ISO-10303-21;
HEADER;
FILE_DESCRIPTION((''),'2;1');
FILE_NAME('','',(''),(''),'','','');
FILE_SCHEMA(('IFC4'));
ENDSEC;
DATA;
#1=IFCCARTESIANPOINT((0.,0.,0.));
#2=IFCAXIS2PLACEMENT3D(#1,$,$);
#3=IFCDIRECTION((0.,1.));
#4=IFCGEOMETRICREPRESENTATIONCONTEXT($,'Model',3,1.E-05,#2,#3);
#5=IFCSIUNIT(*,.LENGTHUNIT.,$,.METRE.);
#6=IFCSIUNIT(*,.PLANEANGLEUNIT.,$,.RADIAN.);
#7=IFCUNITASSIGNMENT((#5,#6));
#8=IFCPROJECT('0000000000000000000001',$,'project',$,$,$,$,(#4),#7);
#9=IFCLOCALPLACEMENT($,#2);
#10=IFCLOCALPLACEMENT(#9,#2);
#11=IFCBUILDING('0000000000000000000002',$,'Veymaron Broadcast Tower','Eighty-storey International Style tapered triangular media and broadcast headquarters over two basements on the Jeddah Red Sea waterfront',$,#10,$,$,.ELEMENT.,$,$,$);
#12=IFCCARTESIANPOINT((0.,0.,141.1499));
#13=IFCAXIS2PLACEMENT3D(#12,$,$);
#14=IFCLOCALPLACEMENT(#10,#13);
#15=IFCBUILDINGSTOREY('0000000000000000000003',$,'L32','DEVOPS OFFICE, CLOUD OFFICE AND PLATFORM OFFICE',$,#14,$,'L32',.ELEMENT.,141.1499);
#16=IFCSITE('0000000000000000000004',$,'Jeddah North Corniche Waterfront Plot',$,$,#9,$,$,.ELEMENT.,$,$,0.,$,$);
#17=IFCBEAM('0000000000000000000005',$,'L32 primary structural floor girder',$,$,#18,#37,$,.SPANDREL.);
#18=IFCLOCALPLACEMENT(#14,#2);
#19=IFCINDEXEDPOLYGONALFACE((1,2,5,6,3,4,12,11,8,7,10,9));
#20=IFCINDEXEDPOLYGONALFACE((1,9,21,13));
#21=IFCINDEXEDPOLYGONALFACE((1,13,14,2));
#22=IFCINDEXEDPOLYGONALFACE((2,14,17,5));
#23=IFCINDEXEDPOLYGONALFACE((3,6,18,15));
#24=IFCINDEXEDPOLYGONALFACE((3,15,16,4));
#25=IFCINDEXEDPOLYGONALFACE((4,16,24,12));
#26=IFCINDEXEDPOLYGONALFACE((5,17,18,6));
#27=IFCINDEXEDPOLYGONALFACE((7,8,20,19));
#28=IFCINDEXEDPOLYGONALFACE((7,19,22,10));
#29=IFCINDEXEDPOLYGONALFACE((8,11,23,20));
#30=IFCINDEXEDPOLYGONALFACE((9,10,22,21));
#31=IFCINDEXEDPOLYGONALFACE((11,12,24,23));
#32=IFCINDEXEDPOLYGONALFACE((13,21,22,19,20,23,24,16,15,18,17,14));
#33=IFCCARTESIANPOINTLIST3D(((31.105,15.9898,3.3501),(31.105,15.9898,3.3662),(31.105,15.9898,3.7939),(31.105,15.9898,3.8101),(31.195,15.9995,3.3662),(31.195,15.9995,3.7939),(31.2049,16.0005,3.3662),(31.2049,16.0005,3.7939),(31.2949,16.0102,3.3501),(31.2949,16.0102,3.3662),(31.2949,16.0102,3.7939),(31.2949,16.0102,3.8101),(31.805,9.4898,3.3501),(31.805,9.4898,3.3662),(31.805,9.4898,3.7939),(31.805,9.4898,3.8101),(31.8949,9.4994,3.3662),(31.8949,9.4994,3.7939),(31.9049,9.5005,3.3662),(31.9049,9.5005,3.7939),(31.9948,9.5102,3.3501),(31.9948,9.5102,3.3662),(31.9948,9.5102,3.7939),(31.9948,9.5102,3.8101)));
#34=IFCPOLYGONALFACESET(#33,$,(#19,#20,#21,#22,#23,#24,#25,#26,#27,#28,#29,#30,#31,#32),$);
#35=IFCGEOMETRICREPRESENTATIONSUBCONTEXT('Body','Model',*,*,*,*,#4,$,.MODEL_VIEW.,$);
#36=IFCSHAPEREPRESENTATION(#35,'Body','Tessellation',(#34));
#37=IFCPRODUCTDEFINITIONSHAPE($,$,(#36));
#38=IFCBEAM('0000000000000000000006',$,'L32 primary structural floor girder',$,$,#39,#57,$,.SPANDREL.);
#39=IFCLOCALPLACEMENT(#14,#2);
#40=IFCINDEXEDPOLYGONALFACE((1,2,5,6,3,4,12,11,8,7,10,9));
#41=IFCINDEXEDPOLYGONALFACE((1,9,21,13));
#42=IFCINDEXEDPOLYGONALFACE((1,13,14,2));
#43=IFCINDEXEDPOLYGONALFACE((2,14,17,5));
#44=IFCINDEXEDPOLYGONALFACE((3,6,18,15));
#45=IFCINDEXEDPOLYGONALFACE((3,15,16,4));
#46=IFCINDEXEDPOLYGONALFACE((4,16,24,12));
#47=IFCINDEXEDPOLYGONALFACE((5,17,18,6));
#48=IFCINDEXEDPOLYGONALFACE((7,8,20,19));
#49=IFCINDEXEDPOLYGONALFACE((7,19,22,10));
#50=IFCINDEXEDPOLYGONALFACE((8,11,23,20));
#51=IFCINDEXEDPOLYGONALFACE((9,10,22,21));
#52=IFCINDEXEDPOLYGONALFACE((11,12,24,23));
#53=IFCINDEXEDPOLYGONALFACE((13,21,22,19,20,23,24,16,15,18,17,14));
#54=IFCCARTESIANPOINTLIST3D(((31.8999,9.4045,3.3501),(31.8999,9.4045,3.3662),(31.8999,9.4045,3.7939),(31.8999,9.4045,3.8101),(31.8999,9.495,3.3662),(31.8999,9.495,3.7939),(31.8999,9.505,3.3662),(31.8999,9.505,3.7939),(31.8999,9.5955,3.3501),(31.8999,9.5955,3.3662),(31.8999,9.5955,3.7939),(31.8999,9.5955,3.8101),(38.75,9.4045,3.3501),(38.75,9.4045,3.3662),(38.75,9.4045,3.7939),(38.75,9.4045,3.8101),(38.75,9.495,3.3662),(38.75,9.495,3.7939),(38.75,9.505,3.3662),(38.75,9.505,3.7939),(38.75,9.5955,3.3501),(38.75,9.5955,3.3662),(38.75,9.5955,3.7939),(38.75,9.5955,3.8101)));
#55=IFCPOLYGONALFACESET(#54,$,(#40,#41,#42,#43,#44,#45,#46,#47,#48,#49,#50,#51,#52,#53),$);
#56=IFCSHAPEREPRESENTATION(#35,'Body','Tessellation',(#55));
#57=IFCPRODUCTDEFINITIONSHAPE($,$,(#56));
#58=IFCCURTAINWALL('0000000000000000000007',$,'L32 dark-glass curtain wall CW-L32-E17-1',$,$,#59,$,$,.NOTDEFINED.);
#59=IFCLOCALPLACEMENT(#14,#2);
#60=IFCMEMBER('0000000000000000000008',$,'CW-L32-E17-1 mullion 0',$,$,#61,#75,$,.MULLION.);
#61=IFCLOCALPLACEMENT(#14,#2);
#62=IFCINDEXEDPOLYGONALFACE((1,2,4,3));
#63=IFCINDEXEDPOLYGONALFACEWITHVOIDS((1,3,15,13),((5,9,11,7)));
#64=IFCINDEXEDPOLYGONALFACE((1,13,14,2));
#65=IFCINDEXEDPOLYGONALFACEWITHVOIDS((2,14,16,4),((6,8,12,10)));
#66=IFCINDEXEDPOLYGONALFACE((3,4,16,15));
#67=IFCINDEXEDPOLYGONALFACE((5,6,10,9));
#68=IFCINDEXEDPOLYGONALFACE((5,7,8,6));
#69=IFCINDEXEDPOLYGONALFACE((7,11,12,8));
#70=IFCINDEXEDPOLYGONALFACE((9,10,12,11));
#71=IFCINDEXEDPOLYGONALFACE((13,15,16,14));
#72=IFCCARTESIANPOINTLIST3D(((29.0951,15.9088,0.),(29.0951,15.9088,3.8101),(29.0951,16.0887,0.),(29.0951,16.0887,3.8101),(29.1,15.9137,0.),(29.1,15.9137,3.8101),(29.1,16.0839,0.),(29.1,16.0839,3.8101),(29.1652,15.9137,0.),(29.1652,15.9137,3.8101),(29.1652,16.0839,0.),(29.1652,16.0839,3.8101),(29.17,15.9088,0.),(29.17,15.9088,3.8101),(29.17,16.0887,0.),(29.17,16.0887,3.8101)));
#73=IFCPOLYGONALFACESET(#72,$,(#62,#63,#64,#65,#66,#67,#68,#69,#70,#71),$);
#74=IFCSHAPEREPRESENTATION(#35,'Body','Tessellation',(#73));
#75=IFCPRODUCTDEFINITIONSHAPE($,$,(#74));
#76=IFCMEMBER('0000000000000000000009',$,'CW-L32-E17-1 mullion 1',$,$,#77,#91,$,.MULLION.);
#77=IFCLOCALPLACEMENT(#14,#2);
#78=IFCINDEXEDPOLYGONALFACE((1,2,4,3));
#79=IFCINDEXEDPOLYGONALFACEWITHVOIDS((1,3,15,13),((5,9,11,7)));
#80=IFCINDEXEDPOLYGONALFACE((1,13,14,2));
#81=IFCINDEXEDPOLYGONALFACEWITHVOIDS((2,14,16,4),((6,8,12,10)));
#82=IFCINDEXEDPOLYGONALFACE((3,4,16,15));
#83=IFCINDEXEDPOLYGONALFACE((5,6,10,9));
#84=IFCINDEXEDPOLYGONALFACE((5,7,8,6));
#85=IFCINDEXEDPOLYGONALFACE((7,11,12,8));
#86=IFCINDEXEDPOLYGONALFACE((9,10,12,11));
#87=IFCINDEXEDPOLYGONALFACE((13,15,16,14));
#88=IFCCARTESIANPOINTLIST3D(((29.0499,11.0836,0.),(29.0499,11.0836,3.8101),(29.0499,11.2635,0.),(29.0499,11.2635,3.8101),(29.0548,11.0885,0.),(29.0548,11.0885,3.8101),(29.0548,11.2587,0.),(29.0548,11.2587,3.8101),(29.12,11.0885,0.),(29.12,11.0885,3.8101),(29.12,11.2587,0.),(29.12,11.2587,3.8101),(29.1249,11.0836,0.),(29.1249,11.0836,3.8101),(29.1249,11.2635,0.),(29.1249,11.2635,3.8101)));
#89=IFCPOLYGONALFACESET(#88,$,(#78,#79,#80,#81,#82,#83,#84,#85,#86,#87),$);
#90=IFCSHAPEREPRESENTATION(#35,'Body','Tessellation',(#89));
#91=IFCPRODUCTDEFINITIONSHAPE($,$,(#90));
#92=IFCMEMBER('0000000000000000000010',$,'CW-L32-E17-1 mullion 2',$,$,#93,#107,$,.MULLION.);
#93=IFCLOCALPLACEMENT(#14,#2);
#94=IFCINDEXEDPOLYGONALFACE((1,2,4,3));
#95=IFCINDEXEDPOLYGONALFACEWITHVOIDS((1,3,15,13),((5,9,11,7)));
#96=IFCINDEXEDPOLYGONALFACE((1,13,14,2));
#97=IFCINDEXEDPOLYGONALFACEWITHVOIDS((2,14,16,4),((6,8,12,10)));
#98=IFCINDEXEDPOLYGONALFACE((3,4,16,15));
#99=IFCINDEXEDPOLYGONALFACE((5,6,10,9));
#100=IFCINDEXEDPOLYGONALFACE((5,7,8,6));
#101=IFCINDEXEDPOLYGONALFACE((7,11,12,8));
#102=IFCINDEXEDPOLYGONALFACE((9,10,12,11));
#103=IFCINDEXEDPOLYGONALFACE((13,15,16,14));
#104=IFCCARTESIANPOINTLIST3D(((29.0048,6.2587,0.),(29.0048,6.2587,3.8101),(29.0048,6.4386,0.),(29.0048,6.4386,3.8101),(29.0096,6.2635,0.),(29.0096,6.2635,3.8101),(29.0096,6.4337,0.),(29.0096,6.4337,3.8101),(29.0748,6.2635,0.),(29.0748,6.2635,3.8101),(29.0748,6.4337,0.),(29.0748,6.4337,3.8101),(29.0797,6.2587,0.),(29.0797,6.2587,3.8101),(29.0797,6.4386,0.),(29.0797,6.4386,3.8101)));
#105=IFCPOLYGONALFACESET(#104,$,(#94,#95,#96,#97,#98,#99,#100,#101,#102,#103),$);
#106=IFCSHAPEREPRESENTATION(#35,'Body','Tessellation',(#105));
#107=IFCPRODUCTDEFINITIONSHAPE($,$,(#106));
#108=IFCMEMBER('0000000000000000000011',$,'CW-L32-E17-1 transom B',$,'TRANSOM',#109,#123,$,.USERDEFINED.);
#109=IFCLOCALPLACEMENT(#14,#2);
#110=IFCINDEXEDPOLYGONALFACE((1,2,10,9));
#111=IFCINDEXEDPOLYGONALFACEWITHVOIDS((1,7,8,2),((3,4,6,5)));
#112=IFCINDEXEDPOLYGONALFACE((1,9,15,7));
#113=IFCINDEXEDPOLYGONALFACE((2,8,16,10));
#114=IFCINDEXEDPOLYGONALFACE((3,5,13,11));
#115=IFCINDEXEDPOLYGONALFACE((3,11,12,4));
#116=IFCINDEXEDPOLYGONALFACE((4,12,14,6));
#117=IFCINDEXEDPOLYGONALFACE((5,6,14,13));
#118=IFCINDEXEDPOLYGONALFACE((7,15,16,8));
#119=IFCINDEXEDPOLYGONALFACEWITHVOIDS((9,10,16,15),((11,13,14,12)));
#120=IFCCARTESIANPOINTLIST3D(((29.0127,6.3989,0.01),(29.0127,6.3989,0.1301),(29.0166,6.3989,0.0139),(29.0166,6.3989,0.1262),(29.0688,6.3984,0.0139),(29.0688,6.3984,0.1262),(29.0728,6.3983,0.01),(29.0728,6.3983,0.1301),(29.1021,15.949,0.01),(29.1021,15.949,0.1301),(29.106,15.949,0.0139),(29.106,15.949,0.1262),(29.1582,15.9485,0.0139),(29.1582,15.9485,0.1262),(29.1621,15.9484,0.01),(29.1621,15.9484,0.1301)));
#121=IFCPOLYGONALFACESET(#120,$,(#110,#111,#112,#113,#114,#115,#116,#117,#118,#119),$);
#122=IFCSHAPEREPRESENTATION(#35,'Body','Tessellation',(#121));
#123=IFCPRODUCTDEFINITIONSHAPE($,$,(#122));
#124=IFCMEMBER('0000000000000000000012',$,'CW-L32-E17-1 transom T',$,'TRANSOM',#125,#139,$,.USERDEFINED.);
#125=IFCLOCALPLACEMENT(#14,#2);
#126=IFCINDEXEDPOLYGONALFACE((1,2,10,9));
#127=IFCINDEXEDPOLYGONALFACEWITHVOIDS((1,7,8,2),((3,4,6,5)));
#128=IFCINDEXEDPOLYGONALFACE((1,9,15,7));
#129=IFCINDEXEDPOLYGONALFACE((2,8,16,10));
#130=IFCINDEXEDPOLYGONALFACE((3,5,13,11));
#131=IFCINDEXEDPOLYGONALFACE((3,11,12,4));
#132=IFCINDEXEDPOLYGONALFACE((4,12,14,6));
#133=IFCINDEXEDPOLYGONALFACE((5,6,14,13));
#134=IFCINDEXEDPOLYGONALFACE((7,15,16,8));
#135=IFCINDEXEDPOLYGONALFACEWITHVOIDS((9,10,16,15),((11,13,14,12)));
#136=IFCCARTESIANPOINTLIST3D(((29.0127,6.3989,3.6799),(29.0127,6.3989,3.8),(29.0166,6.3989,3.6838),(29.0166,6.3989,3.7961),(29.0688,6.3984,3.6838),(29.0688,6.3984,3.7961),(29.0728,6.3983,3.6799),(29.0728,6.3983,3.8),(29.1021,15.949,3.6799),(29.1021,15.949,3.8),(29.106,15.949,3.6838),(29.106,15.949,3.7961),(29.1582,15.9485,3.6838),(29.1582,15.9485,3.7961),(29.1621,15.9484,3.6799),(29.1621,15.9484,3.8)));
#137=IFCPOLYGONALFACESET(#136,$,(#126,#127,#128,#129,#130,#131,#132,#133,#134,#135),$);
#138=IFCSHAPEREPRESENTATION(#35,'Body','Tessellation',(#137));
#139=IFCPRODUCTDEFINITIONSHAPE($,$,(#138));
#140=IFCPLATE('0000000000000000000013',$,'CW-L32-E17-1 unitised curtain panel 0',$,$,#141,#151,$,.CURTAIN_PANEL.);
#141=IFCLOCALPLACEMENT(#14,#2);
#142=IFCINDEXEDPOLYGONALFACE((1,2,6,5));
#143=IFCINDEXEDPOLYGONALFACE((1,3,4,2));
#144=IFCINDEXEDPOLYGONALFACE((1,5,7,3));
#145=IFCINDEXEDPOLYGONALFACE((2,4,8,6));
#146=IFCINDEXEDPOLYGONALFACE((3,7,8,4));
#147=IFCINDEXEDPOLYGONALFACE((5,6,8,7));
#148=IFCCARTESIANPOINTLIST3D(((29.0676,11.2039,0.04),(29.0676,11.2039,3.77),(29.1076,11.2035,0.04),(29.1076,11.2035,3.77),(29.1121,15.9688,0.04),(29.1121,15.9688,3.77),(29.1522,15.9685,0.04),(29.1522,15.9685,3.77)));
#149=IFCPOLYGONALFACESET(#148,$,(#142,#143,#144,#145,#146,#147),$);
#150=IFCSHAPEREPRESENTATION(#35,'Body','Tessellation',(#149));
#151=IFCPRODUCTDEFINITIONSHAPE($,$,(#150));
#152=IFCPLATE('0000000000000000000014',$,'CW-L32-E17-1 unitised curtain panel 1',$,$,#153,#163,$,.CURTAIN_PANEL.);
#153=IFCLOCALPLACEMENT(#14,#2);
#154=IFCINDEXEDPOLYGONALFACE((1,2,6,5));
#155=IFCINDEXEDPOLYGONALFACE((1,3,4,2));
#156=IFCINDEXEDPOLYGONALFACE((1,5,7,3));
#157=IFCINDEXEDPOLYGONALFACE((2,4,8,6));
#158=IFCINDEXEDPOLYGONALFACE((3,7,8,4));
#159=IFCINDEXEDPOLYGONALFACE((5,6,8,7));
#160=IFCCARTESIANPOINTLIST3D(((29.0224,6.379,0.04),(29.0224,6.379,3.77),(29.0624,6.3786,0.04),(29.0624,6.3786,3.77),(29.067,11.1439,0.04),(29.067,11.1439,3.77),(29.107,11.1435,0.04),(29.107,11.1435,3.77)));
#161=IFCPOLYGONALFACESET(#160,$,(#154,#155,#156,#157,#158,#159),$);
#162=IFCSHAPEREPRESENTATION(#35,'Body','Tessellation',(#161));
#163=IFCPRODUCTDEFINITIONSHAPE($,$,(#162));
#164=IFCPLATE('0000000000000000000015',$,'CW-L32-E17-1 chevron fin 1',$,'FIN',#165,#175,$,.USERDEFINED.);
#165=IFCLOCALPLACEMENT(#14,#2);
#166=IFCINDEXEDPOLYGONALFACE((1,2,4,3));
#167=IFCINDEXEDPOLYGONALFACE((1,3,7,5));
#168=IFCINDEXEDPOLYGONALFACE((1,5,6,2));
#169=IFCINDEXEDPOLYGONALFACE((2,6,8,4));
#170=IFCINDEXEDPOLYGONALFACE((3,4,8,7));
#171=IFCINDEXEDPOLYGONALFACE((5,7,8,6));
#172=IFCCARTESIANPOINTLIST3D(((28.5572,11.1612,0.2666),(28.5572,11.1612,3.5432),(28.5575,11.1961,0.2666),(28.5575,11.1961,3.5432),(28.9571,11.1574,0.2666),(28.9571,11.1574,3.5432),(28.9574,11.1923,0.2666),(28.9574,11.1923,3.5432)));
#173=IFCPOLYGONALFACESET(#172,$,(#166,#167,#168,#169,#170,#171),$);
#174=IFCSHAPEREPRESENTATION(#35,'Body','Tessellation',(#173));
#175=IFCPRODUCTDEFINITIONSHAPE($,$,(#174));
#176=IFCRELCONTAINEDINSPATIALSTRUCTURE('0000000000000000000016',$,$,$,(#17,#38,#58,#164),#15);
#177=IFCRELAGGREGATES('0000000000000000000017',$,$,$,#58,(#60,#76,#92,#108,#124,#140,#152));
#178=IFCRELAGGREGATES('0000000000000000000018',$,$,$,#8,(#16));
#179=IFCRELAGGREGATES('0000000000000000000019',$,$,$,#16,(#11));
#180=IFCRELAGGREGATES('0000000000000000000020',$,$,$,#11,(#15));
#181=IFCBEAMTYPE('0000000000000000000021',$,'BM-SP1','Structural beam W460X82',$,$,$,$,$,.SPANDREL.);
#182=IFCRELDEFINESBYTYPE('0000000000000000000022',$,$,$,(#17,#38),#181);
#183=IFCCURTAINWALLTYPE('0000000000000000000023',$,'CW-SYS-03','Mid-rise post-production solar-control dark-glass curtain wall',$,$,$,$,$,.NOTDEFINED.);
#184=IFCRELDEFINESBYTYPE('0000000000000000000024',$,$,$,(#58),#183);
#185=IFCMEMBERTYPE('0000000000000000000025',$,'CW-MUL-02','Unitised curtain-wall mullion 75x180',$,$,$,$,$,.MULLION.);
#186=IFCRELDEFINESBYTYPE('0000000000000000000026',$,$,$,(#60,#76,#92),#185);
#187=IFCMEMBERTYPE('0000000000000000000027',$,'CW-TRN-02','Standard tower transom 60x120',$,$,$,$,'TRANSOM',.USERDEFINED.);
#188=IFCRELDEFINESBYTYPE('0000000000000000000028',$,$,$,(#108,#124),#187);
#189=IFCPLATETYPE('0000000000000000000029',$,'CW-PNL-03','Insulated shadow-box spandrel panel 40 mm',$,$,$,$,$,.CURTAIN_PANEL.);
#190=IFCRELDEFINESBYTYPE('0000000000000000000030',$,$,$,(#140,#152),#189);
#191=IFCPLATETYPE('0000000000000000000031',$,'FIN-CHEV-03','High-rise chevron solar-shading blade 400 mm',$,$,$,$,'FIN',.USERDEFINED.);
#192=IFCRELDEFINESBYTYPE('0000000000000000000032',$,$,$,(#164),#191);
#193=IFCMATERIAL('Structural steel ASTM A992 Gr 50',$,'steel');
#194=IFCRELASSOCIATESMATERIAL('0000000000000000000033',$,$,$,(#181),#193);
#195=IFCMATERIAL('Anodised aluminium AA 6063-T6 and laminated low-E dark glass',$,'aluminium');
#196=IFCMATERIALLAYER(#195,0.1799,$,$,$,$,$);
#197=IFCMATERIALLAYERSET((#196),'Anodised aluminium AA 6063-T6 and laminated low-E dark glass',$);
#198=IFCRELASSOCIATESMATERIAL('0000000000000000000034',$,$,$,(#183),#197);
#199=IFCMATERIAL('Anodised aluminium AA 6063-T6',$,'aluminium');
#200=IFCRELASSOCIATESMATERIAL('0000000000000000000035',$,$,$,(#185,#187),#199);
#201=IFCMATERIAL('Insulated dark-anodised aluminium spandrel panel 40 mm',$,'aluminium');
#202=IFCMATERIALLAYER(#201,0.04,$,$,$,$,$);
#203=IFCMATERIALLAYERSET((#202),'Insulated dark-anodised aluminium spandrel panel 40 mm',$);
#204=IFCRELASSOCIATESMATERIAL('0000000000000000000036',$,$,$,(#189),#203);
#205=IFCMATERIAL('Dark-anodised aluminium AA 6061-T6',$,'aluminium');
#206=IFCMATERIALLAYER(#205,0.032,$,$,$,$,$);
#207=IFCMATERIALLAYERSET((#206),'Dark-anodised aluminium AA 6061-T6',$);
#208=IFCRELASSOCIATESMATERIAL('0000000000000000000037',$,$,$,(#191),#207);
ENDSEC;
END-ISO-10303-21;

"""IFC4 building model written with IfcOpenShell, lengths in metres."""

from ifc_helpers import new_model, si_unit, direction, frame, origin, origin_2d, place, context, subcontext, project, spatial, rectangle, hollow_rectangle, i_section, extrude, material, layer, layer_set, material_profile, profile_set, type_object, element, aggregate, save


model = new_model("IFC4")

# Units and contexts
model_context = context("Model", 3, precision=1e-05, world=origin(), true_north=direction((0.0, 1.0)))
body_context = subcontext(model_context, "Body", "Model", "MODEL_VIEW")
ifc_project = project(units=[si_unit("LENGTHUNIT", "METRE"), si_unit("PLANEANGLEUNIT", "RADIAN")], contexts=[model_context])

# Site, building, storey
site_placement = place(None, origin())
site = spatial("IfcSite", under=ifc_project, at=site_placement, Name="Jeddah North Corniche Waterfront Plot", CompositionType="ELEMENT", RefElevation=0.0)
building_placement = place(site_placement, origin())
building = spatial("IfcBuilding", under=site, at=building_placement, Name="Veymaron Broadcast Tower", Description="Eighty-storey International Style tapered triangular media and broadcast headquarters over two basements on the Jeddah Red Sea waterfront", CompositionType="ELEMENT")
storey_placement = place(building_placement, frame((0.0, 0.0, 141.1499)))
storey = spatial("IfcBuildingStorey", under=building, at=storey_placement, Name="L32", Description="DEVOPS OFFICE, CLOUD OFFICE AND PLATFORM OFFICE", LongName="L32", CompositionType="ELEMENT", Elevation=141.1499)

# Shared definitions
ifc_material_1 = material(Name="Structural steel ASTM A992 Gr 50", Category="steel")

# Beams
ifc_material_profile_1 = material_profile(ifc_material_1, i_section(OverallWidth=0.1909, OverallDepth=0.46, WebThickness=0.01, FlangeThickness=0.0161, at=origin_2d()), Name="W460X82")
ifc_profile_set_1 = profile_set([ifc_material_profile_1], Name="Structural steel ASTM A992 Gr 50")
beam_type_1 = type_object("IfcBeamType", Name="BM-SP1", Description="Structural beam W460X82", PredefinedType="SPANDREL", material=ifc_profile_set_1)
beam_1_placement = place(storey_placement, frame((31.2, 16.0, 3.5801), z_axis=(0.107066, -0.994252, 0.0), x_axis=(0.994252, 0.107066, 0.0)))
element("IfcBeam", 1, at=beam_1_placement, inside=storey, type_object=beam_type_1, Name="L32 primary structural floor girder", PredefinedType="SPANDREL", context=body_context, shape_type="SweptSolid", body=[
    extrude(i_section(OverallWidth=0.1909, OverallDepth=0.46, WebThickness=0.01, FlangeThickness=0.0161, at=origin_2d()), origin(), (0.0, 0.0, 1.0), 6.5376),
])
beam_2_placement = place(storey_placement, frame((31.8999, 9.5, 3.5801), z_axis=(1.0, 0.0, 0.0), x_axis=(0.0, 1.0, 0.0)))
element("IfcBeam", 2, at=beam_2_placement, inside=storey, type_object=beam_type_1, Name="L32 primary structural floor girder", PredefinedType="SPANDREL", context=body_context, shape_type="SweptSolid", body=[
    extrude(i_section(OverallWidth=0.1909, OverallDepth=0.46, WebThickness=0.01, FlangeThickness=0.0161, at=origin_2d()), origin(), (0.0, 0.0, 1.0), 6.8501),
])

# Curtain wall, members, plates
ifc_material_2 = material(Name="Anodised aluminium AA 6063-T6 and laminated low-E dark glass", Category="aluminium")
ifc_layer_1 = layer(ifc_material_2, 0.1799)
ifc_layer_set_1 = layer_set([ifc_layer_1], Name="Anodised aluminium AA 6063-T6 and laminated low-E dark glass")
curtain_wall_type = type_object("IfcCurtainWallType", Name="CW-SYS-03", Description="Mid-rise post-production solar-control dark-glass curtain wall", PredefinedType="NOTDEFINED", material=ifc_layer_set_1)
curtain_wall_placement = place(storey_placement, origin())
curtain_wall = element("IfcCurtainWall", 3, at=curtain_wall_placement, inside=storey, type_object=curtain_wall_type, Name="L32 dark-glass curtain wall CW-L32-E17-1", PredefinedType="NOTDEFINED")
ifc_material_3 = material(Name="Anodised aluminium AA 6063-T6", Category="aluminium")
ifc_material_profile_2 = material_profile(ifc_material_3, hollow_rectangle(XDim=0.075, YDim=0.1799, WallThickness=0.0049, at=origin_2d()), Name="AL180X75X5")
ifc_profile_set_2 = profile_set([ifc_material_profile_2], Name="Anodised aluminium AA 6063-T6")
member_type_1 = type_object("IfcMemberType", Name="CW-MUL-02", Description="Unitised curtain-wall mullion 75x180", PredefinedType="MULLION", material=ifc_profile_set_2)
member_1_placement = place(storey_placement, frame((29.1326, 15.9988, 0.0), z_axis=(0.0, 0.0, 1.0), x_axis=(1.0, 0.0, 0.0)))
member_1 = element("IfcMember", 4, at=member_1_placement, type_object=member_type_1, Name="CW-L32-E17-1 mullion 0", PredefinedType="MULLION", context=body_context, shape_type="SweptSolid", body=[
    extrude(hollow_rectangle(XDim=0.075, YDim=0.1799, WallThickness=0.0049, at=origin_2d()), origin(), (0.0, 0.0, 1.0), 3.8101),
])
member_2_placement = place(storey_placement, frame((29.0874, 11.1736, 0.0), z_axis=(0.0, 0.0, 1.0), x_axis=(1.0, 0.0, 0.0)))
member_2 = element("IfcMember", 5, at=member_2_placement, type_object=member_type_1, Name="CW-L32-E17-1 mullion 1", PredefinedType="MULLION", context=body_context, shape_type="SweptSolid", body=[
    extrude(hollow_rectangle(XDim=0.075, YDim=0.1799, WallThickness=0.0049, at=origin_2d()), origin(), (0.0, 0.0, 1.0), 3.8101),
])
member_3_placement = place(storey_placement, frame((29.0422, 6.3486, 0.0), z_axis=(0.0, 0.0, 1.0), x_axis=(1.0, 0.0, 0.0)))
member_3 = element("IfcMember", 6, at=member_3_placement, type_object=member_type_1, Name="CW-L32-E17-1 mullion 2", PredefinedType="MULLION", context=body_context, shape_type="SweptSolid", body=[
    extrude(hollow_rectangle(XDim=0.075, YDim=0.1799, WallThickness=0.0049, at=origin_2d()), origin(), (0.0, 0.0, 1.0), 3.8101),
])
ifc_material_profile_3 = material_profile(ifc_material_3, hollow_rectangle(XDim=0.0601, YDim=0.1201, WallThickness=0.0039, at=origin_2d()), Name="AL120X60X4")
ifc_profile_set_3 = profile_set([ifc_material_profile_3], Name="Anodised aluminium AA 6063-T6")
member_type_2 = type_object("IfcMemberType", Name="CW-TRN-02", Description="Standard tower transom 60x120", ElementType="TRANSOM", PredefinedType="USERDEFINED", material=ifc_profile_set_3)
member_4_placement = place(storey_placement, frame((29.1321, 15.9487, 0.0701), z_axis=(-0.009356, -0.999956, 0.0), x_axis=(0.999956, -0.009356, 0.0)))
member_4 = element("IfcMember", 7, at=member_4_placement, type_object=member_type_2, Name="CW-L32-E17-1 transom B", ObjectType="TRANSOM", PredefinedType="USERDEFINED", context=body_context, shape_type="SweptSolid", body=[
    extrude(hollow_rectangle(XDim=0.0601, YDim=0.1201, WallThickness=0.0039, at=origin_2d()), origin(), (0.0, 0.0, 1.0), 9.5505),
])
member_5_placement = place(storey_placement, frame((29.1321, 15.9487, 3.74), z_axis=(-0.009356, -0.999956, 0.0), x_axis=(0.999956, -0.009356, 0.0)))
member_5 = element("IfcMember", 8, at=member_5_placement, type_object=member_type_2, Name="CW-L32-E17-1 transom T", ObjectType="TRANSOM", PredefinedType="USERDEFINED", context=body_context, shape_type="SweptSolid", body=[
    extrude(hollow_rectangle(XDim=0.0601, YDim=0.1201, WallThickness=0.0039, at=origin_2d()), origin(), (0.0, 0.0, 1.0), 9.5505),
])
ifc_material_4 = material(Name="Insulated dark-anodised aluminium spandrel panel 40 mm", Category="aluminium")
ifc_layer_2 = layer(ifc_material_4, 0.04)
ifc_layer_set_2 = layer_set([ifc_layer_2], Name="Insulated dark-anodised aluminium spandrel panel 40 mm")
plate_type_1 = type_object("IfcPlateType", Name="CW-PNL-03", Description="Insulated shadow-box spandrel panel 40 mm", PredefinedType="CURTAIN_PANEL", material=ifc_layer_set_2)
plate_1_placement = place(storey_placement, frame((29.1099, 13.5862, 0.04), z_axis=(0.0, 0.0, 1.0), x_axis=(-0.009355, -0.999956, 0.0)))
plate_1 = element("IfcPlate", 9, at=plate_1_placement, type_object=plate_type_1, Name="CW-L32-E17-1 unitised curtain panel 0", PredefinedType="CURTAIN_PANEL", context=body_context, shape_type="SweptSolid", body=[
    extrude(rectangle(XDim=4.7651, YDim=0.04, at=origin_2d()), origin(), (0.0, 0.0, 1.0), 3.73),
])
plate_2_placement = place(storey_placement, frame((29.0647, 8.7612, 0.04), z_axis=(0.0, 0.0, 1.0), x_axis=(-0.009355, -0.999956, 0.0)))
plate_2 = element("IfcPlate", 10, at=plate_2_placement, type_object=plate_type_1, Name="CW-L32-E17-1 unitised curtain panel 1", PredefinedType="CURTAIN_PANEL", context=body_context, shape_type="SweptSolid", body=[
    extrude(rectangle(XDim=4.7651, YDim=0.04, at=origin_2d()), origin(), (0.0, 0.0, 1.0), 3.73),
])
aggregate(curtain_wall, [member_1, member_2, member_3, member_4, member_5, plate_1, plate_2])

# Plate
ifc_material_5 = material(Name="Dark-anodised aluminium AA 6061-T6", Category="aluminium")
ifc_layer_3 = layer(ifc_material_5, 0.032)
ifc_layer_set_3 = layer_set([ifc_layer_3], Name="Dark-anodised aluminium AA 6061-T6")
plate_type_2 = type_object("IfcPlateType", Name="FIN-CHEV-03", Description="High-rise chevron solar-shading blade 400 mm", ElementType="FIN", PredefinedType="USERDEFINED", material=ifc_layer_set_3)
plate_3_placement = place(storey_placement, frame((28.7573, 11.1768, 0.2666), z_axis=(0.0, 0.0, 1.0), x_axis=(-0.999956, 0.009355, 0.0)))
element("IfcPlate", 11, at=plate_3_placement, inside=storey, type_object=plate_type_2, Name="CW-L32-E17-1 chevron fin 1", ObjectType="FIN", PredefinedType="USERDEFINED", context=body_context, shape_type="SweptSolid", body=[
    extrude(rectangle(XDim=0.3999, YDim=0.0349, at=origin_2d()), origin(), (0.0, 0.0, 1.0), 3.2766),
])

save(model, "model.ifc")
